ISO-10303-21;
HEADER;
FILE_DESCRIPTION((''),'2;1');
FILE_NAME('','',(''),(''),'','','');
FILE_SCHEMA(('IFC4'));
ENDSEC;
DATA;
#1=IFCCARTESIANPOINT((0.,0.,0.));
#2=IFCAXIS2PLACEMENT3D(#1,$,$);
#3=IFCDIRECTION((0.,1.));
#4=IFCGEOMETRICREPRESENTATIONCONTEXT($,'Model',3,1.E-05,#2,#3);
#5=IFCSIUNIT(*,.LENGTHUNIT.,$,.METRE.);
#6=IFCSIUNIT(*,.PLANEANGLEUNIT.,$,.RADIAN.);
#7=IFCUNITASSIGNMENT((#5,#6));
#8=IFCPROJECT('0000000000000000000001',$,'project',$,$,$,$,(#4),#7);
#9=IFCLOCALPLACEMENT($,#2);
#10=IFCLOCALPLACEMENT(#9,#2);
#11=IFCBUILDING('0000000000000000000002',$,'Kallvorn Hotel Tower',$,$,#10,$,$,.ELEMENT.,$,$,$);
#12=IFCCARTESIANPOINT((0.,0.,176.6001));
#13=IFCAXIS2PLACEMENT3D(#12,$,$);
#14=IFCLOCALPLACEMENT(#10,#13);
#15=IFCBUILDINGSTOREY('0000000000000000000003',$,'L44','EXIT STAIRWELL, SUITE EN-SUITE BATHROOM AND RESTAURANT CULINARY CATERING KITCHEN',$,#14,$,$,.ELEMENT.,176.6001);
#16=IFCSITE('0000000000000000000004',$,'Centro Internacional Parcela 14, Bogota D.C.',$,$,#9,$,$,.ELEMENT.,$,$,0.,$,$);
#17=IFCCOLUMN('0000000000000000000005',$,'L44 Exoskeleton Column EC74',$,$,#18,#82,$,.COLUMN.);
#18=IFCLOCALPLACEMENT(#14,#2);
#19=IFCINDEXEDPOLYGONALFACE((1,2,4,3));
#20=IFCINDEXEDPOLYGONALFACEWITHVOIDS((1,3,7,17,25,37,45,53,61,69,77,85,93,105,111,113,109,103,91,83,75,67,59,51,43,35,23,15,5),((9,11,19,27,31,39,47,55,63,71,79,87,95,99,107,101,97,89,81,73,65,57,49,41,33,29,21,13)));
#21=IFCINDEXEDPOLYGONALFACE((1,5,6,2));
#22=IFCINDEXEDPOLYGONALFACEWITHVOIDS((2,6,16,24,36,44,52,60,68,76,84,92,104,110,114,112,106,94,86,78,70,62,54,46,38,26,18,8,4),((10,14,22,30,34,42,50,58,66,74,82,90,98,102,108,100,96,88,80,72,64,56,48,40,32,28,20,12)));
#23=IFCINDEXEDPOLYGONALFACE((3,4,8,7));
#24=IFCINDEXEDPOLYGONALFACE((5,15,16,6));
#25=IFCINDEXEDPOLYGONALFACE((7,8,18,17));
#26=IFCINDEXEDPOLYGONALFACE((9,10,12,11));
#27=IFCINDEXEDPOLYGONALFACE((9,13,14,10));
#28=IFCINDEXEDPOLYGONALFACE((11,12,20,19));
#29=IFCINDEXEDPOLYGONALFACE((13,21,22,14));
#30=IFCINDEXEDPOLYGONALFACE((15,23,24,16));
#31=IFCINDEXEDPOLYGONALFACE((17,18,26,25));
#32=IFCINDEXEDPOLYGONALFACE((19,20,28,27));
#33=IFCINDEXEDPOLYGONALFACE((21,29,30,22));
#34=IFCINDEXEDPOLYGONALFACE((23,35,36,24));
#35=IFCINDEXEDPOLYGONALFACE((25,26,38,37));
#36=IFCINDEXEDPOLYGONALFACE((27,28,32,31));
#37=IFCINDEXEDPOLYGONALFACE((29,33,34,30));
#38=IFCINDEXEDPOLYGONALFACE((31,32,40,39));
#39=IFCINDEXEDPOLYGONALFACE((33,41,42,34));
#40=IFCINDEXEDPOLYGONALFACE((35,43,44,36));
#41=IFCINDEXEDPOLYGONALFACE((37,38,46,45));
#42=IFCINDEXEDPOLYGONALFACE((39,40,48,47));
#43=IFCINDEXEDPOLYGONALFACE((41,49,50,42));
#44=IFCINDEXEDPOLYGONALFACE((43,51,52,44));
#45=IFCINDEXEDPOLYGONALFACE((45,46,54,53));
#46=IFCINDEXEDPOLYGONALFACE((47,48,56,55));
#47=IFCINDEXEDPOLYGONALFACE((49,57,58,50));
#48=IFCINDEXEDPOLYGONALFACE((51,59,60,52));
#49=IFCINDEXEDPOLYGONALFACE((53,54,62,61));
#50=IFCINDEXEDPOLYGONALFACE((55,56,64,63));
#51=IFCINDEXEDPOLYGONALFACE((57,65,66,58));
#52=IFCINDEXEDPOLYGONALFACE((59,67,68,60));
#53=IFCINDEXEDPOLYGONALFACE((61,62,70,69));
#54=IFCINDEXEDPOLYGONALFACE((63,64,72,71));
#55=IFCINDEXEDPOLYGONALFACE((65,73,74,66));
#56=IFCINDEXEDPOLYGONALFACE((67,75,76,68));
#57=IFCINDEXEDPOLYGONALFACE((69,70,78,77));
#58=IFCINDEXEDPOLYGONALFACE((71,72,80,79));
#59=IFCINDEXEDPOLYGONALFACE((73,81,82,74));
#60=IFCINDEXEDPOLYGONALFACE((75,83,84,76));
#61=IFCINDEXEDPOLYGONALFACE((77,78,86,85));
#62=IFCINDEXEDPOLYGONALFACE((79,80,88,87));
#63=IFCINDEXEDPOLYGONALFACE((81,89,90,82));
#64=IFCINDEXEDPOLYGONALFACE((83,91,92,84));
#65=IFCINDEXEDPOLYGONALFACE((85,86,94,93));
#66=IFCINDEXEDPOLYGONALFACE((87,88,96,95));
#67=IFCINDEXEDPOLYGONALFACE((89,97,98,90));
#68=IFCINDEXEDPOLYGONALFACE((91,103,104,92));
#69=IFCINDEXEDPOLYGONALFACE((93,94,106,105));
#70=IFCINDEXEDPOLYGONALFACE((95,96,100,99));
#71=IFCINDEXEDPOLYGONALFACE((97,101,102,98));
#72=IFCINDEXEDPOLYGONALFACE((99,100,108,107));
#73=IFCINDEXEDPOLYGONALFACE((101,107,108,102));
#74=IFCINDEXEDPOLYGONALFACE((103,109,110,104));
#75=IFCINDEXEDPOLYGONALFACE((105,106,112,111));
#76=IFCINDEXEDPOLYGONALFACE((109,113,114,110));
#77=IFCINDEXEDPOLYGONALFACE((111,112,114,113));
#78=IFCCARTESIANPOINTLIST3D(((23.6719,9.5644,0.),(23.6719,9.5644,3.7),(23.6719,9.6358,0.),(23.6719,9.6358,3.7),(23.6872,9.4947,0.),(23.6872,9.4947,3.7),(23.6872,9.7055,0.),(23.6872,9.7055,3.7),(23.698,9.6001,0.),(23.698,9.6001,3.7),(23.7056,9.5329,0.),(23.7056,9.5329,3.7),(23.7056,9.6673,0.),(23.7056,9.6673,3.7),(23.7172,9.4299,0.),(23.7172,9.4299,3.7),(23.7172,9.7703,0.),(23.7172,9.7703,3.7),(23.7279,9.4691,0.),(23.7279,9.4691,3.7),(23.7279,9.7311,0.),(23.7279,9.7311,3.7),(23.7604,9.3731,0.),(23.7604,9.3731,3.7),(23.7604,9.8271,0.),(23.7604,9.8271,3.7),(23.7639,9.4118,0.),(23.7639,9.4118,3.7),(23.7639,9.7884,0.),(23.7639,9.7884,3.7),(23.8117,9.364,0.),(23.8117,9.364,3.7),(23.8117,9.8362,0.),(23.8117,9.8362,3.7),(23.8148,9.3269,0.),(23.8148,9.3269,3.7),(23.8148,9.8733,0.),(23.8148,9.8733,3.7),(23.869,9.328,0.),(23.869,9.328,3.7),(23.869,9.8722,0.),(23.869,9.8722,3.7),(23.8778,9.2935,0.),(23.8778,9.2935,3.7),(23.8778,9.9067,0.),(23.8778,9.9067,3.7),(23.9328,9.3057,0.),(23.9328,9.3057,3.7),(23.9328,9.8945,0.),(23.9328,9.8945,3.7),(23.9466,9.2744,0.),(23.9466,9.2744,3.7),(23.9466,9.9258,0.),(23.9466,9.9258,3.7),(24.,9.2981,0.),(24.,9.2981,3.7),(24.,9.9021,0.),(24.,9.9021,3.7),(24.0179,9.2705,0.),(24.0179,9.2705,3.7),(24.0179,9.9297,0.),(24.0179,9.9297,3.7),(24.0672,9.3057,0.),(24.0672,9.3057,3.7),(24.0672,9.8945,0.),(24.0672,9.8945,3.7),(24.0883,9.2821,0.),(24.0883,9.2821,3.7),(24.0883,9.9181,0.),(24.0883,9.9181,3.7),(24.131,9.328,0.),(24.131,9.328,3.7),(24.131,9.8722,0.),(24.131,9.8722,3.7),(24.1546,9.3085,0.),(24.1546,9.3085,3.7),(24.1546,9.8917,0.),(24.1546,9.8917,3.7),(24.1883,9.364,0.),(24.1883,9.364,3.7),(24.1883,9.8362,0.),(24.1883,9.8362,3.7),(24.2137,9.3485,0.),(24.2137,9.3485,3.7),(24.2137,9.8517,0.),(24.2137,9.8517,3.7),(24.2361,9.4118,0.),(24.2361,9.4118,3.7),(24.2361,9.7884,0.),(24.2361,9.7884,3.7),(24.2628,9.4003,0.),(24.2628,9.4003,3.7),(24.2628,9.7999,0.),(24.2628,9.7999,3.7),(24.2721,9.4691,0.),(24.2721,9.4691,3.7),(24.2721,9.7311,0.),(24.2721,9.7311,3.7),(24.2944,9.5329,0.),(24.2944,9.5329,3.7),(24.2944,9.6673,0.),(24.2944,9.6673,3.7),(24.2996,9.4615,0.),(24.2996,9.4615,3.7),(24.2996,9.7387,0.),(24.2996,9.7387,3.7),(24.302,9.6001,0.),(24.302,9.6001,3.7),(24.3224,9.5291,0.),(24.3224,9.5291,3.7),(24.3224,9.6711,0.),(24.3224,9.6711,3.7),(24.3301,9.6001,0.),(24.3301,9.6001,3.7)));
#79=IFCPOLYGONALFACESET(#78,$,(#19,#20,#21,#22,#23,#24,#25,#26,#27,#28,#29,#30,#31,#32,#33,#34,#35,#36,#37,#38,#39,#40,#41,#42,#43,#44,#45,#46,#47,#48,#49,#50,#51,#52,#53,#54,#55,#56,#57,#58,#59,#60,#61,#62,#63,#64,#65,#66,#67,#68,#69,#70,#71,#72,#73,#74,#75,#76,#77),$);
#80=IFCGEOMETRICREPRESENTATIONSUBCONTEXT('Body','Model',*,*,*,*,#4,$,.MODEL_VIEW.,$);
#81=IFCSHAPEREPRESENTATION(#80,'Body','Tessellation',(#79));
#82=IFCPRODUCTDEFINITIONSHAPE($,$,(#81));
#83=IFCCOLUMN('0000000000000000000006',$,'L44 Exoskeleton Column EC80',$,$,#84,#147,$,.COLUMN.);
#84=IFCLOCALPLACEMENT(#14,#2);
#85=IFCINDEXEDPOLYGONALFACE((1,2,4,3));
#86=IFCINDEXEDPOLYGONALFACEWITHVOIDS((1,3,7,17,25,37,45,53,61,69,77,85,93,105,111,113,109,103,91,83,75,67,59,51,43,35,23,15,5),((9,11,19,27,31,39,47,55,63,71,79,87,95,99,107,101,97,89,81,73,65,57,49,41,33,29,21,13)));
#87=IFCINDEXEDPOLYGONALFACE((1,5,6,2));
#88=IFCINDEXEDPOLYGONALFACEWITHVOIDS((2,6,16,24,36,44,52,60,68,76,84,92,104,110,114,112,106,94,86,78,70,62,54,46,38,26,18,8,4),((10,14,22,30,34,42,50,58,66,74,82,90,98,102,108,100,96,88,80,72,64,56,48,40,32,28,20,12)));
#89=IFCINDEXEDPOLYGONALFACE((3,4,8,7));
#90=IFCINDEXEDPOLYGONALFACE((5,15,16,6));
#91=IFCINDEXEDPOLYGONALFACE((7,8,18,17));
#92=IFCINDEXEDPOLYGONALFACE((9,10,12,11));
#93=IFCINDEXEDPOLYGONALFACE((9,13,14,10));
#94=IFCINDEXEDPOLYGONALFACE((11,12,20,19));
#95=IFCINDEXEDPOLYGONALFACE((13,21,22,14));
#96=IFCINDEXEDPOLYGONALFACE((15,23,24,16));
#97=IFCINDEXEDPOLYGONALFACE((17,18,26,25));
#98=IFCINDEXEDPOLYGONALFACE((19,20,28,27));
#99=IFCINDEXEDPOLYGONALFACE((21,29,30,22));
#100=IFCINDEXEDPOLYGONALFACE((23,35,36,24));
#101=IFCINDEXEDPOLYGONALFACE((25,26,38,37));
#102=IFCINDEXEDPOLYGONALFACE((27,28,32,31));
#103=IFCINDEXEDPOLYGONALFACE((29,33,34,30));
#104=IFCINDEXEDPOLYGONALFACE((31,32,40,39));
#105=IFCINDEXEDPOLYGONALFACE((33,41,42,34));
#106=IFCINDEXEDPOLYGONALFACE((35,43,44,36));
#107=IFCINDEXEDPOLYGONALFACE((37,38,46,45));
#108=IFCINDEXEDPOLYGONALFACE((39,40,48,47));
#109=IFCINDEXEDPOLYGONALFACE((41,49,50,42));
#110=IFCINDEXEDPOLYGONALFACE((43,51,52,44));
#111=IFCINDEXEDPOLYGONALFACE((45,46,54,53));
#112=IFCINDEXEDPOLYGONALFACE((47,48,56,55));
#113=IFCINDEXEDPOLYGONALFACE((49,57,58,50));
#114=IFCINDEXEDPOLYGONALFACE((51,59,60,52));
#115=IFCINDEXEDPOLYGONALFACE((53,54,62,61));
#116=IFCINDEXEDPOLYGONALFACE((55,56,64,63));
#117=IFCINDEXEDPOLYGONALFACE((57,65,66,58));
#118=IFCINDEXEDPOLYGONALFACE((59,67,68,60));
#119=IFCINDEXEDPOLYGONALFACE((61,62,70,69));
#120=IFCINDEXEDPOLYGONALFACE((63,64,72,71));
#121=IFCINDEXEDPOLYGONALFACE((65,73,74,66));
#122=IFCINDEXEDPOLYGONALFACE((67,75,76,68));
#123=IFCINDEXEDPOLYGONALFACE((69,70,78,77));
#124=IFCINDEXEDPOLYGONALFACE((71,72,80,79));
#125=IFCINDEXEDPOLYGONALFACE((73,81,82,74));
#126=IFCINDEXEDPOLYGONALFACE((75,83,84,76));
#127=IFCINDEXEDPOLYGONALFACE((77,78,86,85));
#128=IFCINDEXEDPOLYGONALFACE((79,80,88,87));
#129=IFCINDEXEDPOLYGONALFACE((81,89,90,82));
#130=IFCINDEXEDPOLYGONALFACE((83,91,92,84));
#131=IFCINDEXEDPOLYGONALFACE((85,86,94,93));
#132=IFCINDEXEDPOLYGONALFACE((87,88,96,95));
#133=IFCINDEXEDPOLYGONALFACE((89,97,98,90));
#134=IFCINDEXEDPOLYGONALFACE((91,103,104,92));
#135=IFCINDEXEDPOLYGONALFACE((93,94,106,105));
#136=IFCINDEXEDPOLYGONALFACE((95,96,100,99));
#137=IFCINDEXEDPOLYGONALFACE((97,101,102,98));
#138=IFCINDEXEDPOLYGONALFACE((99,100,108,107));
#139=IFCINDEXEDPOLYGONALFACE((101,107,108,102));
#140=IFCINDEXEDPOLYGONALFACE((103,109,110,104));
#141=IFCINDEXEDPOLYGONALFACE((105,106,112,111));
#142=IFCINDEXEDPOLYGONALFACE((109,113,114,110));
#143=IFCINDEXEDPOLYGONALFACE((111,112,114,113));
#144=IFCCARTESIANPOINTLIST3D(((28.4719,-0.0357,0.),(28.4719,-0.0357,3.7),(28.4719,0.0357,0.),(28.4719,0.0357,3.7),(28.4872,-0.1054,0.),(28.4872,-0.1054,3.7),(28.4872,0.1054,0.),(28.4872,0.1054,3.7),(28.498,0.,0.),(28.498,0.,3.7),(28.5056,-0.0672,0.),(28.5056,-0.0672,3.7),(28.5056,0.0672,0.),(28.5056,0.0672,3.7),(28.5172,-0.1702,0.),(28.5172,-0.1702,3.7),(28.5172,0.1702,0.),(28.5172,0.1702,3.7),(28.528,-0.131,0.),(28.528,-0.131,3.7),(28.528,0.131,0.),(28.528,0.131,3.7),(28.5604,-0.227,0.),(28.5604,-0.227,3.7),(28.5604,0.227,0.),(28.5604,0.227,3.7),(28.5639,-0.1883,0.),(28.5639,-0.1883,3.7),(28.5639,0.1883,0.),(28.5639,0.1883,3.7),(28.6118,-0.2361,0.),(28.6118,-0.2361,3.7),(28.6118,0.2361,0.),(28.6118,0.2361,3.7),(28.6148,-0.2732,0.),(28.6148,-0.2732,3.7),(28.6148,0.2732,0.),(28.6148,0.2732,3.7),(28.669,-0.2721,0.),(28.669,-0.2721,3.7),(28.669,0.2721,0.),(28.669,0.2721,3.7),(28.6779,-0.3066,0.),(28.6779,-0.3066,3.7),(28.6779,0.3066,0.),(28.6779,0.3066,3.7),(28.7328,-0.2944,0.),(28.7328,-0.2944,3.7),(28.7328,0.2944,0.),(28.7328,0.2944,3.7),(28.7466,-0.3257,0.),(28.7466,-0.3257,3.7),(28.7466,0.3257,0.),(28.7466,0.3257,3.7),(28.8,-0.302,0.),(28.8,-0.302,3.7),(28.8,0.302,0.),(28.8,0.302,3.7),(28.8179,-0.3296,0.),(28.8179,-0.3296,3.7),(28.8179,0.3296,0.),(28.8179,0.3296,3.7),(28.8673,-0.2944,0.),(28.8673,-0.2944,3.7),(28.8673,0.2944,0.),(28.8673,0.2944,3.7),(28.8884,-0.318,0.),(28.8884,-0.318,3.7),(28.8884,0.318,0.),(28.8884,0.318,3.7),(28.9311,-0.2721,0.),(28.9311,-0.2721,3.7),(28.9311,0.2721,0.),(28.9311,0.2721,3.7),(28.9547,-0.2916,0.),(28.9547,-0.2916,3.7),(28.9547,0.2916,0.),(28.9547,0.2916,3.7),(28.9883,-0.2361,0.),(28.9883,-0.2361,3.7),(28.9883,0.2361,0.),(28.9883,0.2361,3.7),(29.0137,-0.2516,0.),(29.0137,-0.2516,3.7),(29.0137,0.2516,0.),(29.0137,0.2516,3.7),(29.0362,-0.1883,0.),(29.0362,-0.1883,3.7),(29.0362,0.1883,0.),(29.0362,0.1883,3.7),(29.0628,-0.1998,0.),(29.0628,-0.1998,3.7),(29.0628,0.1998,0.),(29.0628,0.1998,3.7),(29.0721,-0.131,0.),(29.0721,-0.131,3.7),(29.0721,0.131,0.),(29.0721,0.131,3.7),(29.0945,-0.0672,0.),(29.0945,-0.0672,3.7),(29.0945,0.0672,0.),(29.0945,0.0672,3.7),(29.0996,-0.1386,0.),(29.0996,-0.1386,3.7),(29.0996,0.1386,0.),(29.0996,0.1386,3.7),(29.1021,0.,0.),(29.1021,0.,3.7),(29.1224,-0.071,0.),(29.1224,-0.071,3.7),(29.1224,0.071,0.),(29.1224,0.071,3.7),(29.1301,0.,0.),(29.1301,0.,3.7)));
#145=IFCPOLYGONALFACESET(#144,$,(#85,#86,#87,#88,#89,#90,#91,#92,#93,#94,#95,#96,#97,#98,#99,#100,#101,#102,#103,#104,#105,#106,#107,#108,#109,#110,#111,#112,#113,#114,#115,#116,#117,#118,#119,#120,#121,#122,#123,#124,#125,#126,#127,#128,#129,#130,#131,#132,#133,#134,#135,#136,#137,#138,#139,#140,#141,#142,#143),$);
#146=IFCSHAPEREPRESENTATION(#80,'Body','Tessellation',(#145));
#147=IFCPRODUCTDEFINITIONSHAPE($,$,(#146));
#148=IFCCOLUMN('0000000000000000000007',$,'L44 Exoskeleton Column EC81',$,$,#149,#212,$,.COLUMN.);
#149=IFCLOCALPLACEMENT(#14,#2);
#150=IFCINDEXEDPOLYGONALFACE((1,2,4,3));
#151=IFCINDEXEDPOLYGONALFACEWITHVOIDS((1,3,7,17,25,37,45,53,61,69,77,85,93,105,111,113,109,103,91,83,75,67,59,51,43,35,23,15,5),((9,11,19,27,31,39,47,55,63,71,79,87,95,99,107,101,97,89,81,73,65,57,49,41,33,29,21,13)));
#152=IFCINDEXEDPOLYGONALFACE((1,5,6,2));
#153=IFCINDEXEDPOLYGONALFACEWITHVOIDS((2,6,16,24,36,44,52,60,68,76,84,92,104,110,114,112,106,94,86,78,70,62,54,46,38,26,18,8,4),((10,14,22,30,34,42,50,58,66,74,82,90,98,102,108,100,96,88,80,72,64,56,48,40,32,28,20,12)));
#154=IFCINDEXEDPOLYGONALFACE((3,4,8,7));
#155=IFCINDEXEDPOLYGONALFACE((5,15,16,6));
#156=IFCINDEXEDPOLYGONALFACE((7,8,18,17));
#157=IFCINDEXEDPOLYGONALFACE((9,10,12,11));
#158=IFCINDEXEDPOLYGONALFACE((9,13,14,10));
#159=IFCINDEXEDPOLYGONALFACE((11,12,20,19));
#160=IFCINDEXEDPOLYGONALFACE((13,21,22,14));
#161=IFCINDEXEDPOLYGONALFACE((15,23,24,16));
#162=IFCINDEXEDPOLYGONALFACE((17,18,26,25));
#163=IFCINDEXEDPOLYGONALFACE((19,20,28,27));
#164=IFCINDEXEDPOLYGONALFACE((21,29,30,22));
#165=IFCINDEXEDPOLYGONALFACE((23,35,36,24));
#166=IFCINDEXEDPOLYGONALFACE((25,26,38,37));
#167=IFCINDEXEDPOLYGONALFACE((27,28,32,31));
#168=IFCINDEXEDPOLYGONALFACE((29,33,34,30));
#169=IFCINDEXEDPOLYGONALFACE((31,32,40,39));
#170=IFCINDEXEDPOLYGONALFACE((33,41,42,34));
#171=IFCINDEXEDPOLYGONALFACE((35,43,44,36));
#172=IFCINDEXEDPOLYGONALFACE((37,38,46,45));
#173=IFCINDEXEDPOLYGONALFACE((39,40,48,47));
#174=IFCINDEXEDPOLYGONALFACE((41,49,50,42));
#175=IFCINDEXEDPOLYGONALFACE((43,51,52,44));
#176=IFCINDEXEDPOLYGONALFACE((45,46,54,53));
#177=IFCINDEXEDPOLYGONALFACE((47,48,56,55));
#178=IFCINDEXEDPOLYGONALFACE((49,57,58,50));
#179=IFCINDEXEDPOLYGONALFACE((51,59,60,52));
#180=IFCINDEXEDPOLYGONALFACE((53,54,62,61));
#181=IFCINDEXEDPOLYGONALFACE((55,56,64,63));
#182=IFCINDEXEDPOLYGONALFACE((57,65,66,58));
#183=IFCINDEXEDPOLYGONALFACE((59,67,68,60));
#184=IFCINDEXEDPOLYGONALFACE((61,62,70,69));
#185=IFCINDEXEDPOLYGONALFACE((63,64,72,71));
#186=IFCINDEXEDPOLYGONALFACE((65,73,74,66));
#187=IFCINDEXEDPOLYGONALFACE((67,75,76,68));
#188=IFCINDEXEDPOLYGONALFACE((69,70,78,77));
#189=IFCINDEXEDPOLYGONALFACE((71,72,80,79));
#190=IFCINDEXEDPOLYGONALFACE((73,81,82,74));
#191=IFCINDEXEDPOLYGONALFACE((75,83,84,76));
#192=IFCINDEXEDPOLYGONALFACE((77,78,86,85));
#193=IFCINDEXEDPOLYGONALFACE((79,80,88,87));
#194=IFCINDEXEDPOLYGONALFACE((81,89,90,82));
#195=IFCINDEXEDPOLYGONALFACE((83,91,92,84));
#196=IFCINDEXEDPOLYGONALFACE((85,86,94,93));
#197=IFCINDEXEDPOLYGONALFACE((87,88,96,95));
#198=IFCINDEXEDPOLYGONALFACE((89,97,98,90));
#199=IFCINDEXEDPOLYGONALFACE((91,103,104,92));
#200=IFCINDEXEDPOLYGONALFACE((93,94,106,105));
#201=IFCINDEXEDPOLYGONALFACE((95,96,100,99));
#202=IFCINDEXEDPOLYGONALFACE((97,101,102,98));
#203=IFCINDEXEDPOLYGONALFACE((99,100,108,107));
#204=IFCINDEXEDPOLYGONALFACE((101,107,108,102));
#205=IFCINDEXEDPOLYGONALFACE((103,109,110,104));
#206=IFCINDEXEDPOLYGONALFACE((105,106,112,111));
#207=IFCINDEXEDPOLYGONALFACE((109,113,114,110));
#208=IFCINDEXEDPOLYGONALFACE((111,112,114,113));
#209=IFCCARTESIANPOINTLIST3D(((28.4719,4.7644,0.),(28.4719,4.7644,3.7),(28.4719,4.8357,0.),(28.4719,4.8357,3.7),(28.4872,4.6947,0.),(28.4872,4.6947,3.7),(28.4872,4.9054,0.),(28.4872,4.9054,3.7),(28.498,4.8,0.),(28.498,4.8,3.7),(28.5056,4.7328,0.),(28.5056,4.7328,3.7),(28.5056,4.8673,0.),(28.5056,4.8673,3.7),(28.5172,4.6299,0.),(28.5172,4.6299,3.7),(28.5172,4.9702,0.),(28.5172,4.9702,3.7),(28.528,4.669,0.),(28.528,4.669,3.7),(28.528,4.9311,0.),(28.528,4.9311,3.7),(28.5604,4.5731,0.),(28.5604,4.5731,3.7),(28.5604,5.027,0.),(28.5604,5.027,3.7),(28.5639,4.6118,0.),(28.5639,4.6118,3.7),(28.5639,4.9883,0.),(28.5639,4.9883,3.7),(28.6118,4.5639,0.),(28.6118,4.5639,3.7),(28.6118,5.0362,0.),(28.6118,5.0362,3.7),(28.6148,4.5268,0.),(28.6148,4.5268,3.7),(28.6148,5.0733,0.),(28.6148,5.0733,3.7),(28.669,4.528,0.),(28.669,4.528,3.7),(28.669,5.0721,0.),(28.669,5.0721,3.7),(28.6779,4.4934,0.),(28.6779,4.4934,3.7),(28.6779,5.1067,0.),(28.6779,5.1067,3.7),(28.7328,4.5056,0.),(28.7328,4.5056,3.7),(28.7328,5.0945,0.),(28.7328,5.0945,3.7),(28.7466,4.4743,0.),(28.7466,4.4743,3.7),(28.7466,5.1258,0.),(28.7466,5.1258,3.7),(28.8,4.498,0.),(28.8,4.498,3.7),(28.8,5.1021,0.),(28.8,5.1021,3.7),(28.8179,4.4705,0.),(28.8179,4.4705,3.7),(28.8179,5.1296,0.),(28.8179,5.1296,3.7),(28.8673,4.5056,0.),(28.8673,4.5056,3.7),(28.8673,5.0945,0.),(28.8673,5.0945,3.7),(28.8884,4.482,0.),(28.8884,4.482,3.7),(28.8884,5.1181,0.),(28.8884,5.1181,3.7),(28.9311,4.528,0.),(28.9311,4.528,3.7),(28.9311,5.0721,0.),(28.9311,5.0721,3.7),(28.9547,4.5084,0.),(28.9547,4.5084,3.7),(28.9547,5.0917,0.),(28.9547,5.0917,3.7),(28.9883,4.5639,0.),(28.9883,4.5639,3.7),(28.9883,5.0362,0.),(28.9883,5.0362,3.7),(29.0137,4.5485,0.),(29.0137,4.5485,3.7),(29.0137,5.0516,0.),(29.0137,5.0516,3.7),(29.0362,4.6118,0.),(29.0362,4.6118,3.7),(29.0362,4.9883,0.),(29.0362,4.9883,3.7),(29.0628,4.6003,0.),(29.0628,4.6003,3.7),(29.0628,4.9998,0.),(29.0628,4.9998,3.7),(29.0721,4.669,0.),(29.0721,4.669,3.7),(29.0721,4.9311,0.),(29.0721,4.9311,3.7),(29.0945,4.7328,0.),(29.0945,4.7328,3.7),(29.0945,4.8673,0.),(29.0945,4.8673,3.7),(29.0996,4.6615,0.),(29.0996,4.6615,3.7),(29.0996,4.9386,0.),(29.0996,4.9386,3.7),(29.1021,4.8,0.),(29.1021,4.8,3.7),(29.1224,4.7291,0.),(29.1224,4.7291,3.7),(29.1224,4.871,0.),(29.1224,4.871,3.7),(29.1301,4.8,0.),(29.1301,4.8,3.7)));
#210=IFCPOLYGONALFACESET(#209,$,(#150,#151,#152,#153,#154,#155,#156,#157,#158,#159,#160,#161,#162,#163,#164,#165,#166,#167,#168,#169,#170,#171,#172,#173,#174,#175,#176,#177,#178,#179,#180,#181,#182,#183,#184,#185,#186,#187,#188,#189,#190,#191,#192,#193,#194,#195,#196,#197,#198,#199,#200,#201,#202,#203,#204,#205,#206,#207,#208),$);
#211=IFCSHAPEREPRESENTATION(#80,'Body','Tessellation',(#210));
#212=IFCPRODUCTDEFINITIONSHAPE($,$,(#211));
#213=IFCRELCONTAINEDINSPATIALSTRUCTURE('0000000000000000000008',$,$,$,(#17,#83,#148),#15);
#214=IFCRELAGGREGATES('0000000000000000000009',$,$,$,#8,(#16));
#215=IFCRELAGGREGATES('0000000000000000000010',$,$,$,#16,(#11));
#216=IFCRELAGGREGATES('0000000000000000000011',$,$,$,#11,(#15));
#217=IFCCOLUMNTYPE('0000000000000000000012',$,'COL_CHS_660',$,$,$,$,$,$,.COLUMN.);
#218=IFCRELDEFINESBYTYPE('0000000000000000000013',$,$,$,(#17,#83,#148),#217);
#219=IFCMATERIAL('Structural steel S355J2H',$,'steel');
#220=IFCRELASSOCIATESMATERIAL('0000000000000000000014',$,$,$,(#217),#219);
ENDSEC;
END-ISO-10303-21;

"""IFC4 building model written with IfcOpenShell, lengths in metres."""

from ifc_helpers import new_model, si_unit, direction, frame, origin, origin_2d, place, context, subcontext, project, spatial, hollow_circle, extrude, material, material_profile, profile_set, type_object, element, save


model = new_model("IFC4")

# Units and contexts
model_context = context("Model", 3, precision=1e-05, world=origin(), true_north=direction((0.0, 1.0)))
body_context = subcontext(model_context, "Body", "Model", "MODEL_VIEW")
ifc_project = project(units=[si_unit("LENGTHUNIT", "METRE"), si_unit("PLANEANGLEUNIT", "RADIAN")], contexts=[model_context])

# Site, building, storey
site_placement = place(None, origin())
site = spatial("IfcSite", under=ifc_project, at=site_placement, Name="Centro Internacional Parcela 14, Bogota D.C.", CompositionType="ELEMENT", RefElevation=0.0)
building_placement = place(site_placement, origin())
building = spatial("IfcBuilding", under=site, at=building_placement, Name="Kallvorn Hotel Tower", CompositionType="ELEMENT")
storey_placement = place(building_placement, frame((0.0, 0.0, 176.6001)))
storey = spatial("IfcBuildingStorey", under=building, at=storey_placement, Name="L44", Description="EXIT STAIRWELL, SUITE EN-SUITE BATHROOM AND RESTAURANT CULINARY CATERING KITCHEN", CompositionType="ELEMENT", Elevation=176.6001)

# Columns
ifc_material_1 = material(Name="Structural steel S355J2H", Category="steel")
ifc_material_profile_1 = material_profile(ifc_material_1, hollow_circle(Radius=0.3301, WallThickness=0.0281, at=origin_2d()), Name="CHS 660x28")
ifc_profile_set_1 = profile_set([ifc_material_profile_1], Name="Structural steel S355J2H")
column_type_1 = type_object("IfcColumnType", Name="COL_CHS_660", PredefinedType="COLUMN", material=ifc_profile_set_1)
for number, where, z_axis, x_axis, name in (
    (1, (24.0, 9.6001, 0.0), (0.0, 0.0, 1.0), (1.0, 0.0, 0.0), "L44 Exoskeleton Column EC74"),
    (2, (28.8, 0.0, 0.0), (0.0, 0.0, 1.0), (1.0, 0.0, 0.0), "L44 Exoskeleton Column EC80"),
    (3, (28.8, 4.8, 0.0), (0.0, 0.0, 1.0), (1.0, 0.0, 0.0), "L44 Exoskeleton Column EC81"),
):
    element("IfcColumn", number, at=place(storey_placement, frame(where, z_axis=z_axis, x_axis=x_axis)), inside=storey, type_object=column_type_1, Name=name, PredefinedType="COLUMN", context=body_context, shape_type="SweptSolid", body=[
        extrude(hollow_circle(Radius=0.3301, WallThickness=0.0281, at=origin_2d()), origin(), (0.0, 0.0, 1.0), 3.7),
    ])

save(model, "model.ifc")
